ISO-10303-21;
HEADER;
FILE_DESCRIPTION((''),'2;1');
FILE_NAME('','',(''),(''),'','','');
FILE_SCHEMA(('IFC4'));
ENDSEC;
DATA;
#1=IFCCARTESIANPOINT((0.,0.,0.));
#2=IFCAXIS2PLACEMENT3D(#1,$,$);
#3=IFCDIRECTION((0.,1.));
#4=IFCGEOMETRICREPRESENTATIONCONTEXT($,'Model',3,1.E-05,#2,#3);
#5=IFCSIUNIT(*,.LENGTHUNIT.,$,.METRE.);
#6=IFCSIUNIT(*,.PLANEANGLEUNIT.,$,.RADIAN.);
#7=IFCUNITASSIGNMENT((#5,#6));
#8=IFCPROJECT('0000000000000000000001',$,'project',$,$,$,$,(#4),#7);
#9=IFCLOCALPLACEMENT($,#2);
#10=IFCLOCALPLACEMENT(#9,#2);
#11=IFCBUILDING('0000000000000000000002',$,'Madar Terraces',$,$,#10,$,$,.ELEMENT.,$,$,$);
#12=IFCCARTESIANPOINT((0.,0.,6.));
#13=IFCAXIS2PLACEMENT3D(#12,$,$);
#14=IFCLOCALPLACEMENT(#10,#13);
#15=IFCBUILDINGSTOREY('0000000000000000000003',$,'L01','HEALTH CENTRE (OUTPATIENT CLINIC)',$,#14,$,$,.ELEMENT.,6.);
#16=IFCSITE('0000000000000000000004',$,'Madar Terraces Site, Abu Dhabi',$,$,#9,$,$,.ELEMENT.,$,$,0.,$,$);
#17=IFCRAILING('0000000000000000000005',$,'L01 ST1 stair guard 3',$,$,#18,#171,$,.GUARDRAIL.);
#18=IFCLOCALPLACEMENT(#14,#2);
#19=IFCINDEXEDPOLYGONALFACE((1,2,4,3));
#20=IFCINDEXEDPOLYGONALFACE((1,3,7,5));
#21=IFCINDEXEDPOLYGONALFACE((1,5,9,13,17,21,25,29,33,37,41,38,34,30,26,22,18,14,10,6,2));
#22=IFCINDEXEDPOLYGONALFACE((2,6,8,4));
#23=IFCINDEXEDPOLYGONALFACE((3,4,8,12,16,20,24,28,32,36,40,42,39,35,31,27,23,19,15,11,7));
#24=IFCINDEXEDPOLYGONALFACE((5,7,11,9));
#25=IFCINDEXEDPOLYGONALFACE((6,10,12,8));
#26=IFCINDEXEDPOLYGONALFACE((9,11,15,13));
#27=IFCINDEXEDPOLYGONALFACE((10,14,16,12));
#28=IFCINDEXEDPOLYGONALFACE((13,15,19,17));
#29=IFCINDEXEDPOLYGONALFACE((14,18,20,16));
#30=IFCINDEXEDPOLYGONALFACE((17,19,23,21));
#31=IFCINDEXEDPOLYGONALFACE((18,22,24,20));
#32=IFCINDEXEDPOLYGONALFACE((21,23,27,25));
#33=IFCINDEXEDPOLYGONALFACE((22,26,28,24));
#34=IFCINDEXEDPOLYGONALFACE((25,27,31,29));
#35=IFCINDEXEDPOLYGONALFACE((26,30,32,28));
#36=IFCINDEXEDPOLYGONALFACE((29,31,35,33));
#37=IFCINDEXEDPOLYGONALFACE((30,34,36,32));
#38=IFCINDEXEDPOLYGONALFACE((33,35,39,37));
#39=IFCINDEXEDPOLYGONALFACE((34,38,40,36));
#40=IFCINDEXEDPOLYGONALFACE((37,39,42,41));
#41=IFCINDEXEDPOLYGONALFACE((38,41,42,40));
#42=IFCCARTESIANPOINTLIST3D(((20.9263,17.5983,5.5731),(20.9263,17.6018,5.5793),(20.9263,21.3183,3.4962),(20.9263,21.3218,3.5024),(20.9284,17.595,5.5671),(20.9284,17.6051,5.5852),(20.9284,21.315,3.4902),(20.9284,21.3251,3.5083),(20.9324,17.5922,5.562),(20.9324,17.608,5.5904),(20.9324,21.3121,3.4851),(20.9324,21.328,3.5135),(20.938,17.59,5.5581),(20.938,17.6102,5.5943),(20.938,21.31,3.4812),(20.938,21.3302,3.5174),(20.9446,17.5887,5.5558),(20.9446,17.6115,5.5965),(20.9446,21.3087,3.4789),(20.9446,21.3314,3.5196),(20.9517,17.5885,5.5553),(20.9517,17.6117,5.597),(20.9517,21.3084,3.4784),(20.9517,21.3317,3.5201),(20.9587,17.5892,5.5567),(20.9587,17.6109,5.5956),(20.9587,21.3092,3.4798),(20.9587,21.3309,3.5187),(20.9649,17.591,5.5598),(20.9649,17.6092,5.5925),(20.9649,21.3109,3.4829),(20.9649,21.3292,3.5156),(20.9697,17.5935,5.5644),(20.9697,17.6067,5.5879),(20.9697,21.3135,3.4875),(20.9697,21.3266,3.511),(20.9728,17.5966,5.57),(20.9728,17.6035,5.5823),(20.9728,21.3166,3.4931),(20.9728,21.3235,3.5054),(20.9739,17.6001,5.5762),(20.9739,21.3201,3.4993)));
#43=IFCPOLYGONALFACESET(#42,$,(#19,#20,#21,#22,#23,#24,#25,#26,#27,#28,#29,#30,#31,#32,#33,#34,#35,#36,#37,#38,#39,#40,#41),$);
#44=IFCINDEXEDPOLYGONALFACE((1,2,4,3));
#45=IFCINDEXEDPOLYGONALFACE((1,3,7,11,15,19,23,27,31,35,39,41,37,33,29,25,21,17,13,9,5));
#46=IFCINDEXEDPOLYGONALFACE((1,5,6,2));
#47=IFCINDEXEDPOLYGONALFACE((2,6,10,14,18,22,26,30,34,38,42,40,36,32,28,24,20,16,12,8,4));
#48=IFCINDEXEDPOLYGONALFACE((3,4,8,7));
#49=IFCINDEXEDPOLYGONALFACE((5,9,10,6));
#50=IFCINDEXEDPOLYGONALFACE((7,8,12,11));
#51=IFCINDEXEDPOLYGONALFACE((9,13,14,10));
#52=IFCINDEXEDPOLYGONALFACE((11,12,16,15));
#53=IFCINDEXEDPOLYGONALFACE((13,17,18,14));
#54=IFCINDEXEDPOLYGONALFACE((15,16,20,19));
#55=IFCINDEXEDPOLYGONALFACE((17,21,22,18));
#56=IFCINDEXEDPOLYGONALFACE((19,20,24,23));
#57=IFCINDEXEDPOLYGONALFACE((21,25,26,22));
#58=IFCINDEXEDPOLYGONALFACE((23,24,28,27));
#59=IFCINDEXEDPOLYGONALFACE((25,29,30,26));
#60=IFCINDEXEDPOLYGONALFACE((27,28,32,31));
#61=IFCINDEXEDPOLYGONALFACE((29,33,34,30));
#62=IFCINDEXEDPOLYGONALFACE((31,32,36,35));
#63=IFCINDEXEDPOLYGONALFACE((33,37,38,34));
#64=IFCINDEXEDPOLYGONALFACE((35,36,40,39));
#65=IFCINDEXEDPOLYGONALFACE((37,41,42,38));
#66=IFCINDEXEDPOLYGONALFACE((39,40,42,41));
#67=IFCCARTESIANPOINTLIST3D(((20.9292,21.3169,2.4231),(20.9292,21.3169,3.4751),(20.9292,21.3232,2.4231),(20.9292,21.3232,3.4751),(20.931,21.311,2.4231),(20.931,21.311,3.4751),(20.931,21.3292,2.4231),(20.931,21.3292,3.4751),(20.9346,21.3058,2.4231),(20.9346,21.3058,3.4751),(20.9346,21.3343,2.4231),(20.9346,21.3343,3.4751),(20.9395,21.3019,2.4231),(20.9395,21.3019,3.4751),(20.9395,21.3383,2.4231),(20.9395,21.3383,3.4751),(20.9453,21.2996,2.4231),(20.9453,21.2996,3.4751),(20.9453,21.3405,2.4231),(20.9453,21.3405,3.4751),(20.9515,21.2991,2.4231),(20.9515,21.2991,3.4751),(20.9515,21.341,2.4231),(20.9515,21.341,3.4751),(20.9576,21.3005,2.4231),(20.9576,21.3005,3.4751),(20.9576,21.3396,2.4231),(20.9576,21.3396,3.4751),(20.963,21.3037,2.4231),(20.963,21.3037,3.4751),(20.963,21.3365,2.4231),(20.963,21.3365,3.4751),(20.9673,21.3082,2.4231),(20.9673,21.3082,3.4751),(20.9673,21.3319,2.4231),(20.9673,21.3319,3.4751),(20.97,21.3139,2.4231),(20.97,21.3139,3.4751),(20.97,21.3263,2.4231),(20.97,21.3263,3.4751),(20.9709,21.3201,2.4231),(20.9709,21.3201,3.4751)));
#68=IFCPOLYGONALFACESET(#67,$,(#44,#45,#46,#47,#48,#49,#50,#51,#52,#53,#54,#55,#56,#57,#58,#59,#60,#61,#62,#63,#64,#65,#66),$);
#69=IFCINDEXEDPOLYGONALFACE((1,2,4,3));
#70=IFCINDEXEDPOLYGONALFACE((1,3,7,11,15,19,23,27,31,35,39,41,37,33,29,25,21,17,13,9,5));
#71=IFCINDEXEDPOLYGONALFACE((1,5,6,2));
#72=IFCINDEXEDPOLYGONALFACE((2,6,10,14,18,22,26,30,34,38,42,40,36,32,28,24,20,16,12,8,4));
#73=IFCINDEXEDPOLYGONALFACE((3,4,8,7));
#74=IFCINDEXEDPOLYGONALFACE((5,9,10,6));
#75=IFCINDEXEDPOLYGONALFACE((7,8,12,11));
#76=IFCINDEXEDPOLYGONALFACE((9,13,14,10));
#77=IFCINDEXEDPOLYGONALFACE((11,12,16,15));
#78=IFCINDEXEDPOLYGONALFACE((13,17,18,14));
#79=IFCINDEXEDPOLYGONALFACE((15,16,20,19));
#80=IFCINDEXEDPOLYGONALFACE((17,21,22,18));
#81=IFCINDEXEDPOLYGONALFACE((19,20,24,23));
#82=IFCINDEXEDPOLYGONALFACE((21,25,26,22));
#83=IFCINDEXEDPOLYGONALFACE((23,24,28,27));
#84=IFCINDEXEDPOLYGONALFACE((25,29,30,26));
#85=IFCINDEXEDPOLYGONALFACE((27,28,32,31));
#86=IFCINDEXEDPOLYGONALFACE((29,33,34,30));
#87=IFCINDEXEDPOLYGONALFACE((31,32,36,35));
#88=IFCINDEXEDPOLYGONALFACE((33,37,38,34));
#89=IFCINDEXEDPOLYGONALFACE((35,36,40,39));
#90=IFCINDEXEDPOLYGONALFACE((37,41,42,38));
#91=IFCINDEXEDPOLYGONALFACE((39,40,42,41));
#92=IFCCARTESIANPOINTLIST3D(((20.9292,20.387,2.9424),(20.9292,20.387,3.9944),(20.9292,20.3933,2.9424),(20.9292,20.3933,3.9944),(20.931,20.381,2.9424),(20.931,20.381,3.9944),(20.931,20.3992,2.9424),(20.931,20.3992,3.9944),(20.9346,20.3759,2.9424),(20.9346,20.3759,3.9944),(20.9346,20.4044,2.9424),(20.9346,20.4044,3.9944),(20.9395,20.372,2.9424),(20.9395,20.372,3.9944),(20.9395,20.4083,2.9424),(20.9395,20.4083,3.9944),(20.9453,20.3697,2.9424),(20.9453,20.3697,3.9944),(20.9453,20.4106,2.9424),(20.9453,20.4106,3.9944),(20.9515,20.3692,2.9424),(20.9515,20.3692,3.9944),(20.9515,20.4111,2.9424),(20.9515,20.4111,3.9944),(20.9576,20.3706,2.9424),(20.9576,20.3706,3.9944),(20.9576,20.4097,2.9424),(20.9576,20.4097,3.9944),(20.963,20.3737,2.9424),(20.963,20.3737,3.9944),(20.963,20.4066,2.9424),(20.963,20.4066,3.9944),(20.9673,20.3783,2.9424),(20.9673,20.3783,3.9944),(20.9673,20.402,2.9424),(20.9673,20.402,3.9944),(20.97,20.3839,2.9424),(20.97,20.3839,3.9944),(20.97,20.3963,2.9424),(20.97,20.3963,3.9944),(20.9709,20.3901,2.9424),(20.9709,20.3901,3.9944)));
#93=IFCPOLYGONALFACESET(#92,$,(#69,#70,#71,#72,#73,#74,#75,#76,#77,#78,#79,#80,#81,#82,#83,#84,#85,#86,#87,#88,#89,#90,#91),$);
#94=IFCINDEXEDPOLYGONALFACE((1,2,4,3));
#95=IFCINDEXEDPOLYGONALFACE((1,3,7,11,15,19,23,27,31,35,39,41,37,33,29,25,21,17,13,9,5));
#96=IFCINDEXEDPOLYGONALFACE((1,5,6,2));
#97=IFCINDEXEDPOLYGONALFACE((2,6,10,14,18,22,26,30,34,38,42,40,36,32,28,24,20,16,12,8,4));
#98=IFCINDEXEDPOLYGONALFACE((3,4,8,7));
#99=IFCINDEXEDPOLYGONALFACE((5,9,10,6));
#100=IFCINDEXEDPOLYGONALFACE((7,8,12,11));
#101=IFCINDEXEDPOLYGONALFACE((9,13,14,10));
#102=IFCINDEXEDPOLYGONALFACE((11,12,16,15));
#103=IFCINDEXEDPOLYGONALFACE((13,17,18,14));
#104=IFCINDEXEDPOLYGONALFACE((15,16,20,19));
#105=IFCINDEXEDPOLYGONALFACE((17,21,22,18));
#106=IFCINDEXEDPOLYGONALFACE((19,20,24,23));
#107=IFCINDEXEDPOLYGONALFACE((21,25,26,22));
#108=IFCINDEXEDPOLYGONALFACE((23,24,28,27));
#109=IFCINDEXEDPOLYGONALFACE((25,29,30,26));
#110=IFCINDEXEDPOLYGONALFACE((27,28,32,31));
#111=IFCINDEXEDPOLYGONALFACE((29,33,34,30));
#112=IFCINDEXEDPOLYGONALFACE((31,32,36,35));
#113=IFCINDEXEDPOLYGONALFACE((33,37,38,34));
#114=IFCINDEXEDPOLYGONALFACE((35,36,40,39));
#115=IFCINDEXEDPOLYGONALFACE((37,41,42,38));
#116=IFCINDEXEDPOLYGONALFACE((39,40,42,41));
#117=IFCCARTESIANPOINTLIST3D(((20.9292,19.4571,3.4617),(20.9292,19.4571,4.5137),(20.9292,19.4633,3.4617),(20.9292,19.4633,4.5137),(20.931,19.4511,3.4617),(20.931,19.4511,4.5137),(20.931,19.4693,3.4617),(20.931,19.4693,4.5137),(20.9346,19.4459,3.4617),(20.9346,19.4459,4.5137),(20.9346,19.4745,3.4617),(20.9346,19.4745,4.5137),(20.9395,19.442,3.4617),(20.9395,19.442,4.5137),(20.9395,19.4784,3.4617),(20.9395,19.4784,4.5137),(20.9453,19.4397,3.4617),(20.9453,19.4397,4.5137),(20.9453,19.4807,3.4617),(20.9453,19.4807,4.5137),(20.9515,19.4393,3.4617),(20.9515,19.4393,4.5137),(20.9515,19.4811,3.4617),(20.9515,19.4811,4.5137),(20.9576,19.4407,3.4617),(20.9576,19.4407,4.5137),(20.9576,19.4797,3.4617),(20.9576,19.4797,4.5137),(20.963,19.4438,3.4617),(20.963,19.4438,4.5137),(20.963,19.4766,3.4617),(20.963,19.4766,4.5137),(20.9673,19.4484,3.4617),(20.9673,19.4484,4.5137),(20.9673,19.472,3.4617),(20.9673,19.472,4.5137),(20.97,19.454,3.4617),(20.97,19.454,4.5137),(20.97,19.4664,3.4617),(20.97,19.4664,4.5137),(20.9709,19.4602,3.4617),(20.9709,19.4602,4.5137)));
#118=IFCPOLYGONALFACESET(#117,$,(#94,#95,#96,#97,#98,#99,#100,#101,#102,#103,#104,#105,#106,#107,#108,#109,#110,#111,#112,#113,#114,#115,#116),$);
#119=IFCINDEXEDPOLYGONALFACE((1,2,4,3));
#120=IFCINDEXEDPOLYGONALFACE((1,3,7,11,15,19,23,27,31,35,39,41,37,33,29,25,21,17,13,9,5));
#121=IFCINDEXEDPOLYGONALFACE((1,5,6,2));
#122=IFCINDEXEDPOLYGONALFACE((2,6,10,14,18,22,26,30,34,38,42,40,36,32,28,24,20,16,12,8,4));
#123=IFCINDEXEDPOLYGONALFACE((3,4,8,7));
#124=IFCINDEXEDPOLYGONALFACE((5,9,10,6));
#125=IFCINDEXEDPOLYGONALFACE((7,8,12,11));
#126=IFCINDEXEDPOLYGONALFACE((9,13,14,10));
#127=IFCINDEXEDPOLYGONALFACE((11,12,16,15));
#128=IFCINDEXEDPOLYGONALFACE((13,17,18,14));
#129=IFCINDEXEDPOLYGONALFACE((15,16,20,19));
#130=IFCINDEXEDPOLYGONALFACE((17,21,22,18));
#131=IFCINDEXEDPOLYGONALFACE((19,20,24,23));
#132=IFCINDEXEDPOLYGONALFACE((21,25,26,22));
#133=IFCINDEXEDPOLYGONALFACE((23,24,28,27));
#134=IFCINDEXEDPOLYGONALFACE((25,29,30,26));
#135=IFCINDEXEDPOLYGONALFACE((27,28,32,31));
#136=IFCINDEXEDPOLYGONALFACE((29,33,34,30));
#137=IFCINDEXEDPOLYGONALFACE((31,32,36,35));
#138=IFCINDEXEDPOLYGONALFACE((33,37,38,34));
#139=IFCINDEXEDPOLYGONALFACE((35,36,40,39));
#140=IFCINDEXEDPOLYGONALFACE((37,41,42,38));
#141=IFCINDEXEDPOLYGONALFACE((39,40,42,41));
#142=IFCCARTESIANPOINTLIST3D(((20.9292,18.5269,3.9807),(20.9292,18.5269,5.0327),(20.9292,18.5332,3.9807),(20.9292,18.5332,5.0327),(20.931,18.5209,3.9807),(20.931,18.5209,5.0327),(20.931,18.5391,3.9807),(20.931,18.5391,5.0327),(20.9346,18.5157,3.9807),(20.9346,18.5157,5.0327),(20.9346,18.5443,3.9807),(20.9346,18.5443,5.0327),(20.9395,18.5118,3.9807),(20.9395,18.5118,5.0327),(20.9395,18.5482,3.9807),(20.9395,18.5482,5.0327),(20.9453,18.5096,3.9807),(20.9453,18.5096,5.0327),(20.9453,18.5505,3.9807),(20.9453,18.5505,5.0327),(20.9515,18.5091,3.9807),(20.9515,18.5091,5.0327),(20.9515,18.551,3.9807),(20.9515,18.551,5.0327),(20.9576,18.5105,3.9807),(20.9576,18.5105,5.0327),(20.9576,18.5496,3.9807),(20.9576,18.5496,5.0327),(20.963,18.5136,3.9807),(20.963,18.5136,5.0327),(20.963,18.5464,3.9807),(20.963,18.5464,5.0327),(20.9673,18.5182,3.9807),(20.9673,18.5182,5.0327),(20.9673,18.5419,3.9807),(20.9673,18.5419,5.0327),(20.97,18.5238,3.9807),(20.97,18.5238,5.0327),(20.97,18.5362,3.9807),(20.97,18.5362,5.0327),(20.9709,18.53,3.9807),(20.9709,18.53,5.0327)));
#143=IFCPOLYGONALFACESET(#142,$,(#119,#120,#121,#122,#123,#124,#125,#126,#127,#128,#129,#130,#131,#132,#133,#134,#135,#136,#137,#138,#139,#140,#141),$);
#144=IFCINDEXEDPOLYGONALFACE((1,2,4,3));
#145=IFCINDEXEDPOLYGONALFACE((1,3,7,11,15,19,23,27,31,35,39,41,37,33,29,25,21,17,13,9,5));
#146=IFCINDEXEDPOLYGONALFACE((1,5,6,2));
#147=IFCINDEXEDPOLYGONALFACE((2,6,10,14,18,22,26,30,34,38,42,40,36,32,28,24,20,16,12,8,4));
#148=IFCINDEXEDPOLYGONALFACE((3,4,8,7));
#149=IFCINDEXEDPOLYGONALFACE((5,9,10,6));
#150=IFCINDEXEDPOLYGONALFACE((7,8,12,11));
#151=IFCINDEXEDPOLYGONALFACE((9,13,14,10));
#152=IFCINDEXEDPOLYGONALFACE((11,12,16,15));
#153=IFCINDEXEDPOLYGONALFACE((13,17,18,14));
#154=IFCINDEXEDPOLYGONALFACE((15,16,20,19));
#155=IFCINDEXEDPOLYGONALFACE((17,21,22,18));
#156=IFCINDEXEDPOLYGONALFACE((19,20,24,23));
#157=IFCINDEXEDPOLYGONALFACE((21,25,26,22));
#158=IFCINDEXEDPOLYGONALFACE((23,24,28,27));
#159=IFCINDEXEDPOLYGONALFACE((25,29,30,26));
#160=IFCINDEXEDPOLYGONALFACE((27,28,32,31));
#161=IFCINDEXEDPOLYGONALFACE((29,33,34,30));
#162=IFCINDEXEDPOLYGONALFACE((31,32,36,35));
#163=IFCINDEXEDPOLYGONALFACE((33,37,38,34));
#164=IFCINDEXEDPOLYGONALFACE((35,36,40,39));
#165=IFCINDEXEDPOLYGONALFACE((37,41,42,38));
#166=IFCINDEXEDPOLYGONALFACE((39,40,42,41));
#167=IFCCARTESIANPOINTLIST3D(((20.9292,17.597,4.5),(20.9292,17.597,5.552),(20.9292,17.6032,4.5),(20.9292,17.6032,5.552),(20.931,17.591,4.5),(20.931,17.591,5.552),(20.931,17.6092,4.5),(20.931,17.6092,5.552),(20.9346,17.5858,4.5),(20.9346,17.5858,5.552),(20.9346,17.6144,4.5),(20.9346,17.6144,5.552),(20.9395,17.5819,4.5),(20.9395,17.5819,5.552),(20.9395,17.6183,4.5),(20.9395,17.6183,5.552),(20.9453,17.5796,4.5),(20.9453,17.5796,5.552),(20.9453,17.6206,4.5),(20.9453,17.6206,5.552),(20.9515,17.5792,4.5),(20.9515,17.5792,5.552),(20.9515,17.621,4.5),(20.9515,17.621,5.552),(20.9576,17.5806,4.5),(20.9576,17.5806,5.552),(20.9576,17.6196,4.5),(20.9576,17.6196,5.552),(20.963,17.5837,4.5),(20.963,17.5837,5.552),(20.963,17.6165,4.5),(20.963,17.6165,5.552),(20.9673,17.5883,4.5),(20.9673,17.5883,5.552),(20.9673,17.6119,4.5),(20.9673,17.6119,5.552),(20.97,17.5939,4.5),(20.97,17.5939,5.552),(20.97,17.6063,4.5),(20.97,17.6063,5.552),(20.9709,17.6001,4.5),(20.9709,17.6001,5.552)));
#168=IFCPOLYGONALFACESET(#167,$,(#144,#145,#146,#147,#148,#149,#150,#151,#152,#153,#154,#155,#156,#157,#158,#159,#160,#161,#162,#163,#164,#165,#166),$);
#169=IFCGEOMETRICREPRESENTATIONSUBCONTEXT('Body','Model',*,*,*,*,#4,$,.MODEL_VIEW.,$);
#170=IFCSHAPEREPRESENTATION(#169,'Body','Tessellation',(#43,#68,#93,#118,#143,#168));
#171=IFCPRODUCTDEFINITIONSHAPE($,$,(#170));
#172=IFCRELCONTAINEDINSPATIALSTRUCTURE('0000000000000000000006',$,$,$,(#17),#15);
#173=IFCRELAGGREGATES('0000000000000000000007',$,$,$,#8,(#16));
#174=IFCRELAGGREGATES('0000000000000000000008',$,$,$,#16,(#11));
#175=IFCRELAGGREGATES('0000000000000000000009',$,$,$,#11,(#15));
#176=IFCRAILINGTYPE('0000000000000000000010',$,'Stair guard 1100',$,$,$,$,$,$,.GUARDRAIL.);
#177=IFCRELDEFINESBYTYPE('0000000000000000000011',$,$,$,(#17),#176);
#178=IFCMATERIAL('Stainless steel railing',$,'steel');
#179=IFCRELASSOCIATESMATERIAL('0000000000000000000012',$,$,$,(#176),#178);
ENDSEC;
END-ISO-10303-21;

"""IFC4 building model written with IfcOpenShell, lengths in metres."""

from ifc_helpers import new_model, si_unit, direction, frame, origin, origin_2d, place, context, subcontext, project, spatial, circle, extrude, material, type_object, element, save


model = new_model("IFC4")

# Units and contexts
model_context = context("Model", 3, precision=1e-05, world=origin(), true_north=direction((0.0, 1.0)))
body_context = subcontext(model_context, "Body", "Model", "MODEL_VIEW")
ifc_project = project(units=[si_unit("LENGTHUNIT", "METRE"), si_unit("PLANEANGLEUNIT", "RADIAN")], contexts=[model_context])

# Site, building, storey
site_placement = place(None, origin())
site = spatial("IfcSite", under=ifc_project, at=site_placement, Name="Madar Terraces Site, Abu Dhabi", CompositionType="ELEMENT", RefElevation=0.0)
building_placement = place(site_placement, origin())
building = spatial("IfcBuilding", under=site, at=building_placement, Name="Madar Terraces", CompositionType="ELEMENT")
storey_placement = place(building_placement, frame((0.0, 0.0, 6.0)))
storey = spatial("IfcBuildingStorey", under=building, at=storey_placement, Name="L01", Description="HEALTH CENTRE (OUTPATIENT CLINIC)", CompositionType="ELEMENT", Elevation=6.0)

# Railing
ifc_material_1 = material(Name="Stainless steel railing", Category="steel")
railing_type_1 = type_object("IfcRailingType", Name="Stair guard 1100", PredefinedType="GUARDRAIL", material=ifc_material_1)
railing_1_placement = place(storey_placement, frame((20.95, 21.3201, 2.4231)))
element("IfcRailing", 1, at=railing_1_placement, inside=storey, type_object=railing_type_1, Name="L01 ST1 stair guard 3", PredefinedType="GUARDRAIL", context=body_context, shape_type="SweptSolid", body=[
    extrude(circle(Radius=0.0239, at=origin_2d()), frame((0.0, 0.0, 1.0762), z_axis=(0.0, -0.873134, 0.487481), x_axis=(1.0, 0.0, 0.0)), (0.0, 0.0, 1.0), 4.2605),
    extrude(circle(Radius=0.021, at=origin_2d()), origin(), (0.0, 0.0, 1.0), 1.052),
    extrude(circle(Radius=0.021, at=origin_2d()), frame((0.0, -0.9299, 0.5193)), (0.0, 0.0, 1.0), 1.052),
    extrude(circle(Radius=0.021, at=origin_2d()), frame((0.0, -1.8599, 1.0386)), (0.0, 0.0, 1.0), 1.052),
    extrude(circle(Radius=0.021, at=origin_2d()), frame((0.0, -2.79, 1.5576)), (0.0, 0.0, 1.0), 1.052),
    extrude(circle(Radius=0.021, at=origin_2d()), frame((0.0, -3.72, 2.0769)), (0.0, 0.0, 1.0), 1.052),
])

save(model, "model.ifc")
